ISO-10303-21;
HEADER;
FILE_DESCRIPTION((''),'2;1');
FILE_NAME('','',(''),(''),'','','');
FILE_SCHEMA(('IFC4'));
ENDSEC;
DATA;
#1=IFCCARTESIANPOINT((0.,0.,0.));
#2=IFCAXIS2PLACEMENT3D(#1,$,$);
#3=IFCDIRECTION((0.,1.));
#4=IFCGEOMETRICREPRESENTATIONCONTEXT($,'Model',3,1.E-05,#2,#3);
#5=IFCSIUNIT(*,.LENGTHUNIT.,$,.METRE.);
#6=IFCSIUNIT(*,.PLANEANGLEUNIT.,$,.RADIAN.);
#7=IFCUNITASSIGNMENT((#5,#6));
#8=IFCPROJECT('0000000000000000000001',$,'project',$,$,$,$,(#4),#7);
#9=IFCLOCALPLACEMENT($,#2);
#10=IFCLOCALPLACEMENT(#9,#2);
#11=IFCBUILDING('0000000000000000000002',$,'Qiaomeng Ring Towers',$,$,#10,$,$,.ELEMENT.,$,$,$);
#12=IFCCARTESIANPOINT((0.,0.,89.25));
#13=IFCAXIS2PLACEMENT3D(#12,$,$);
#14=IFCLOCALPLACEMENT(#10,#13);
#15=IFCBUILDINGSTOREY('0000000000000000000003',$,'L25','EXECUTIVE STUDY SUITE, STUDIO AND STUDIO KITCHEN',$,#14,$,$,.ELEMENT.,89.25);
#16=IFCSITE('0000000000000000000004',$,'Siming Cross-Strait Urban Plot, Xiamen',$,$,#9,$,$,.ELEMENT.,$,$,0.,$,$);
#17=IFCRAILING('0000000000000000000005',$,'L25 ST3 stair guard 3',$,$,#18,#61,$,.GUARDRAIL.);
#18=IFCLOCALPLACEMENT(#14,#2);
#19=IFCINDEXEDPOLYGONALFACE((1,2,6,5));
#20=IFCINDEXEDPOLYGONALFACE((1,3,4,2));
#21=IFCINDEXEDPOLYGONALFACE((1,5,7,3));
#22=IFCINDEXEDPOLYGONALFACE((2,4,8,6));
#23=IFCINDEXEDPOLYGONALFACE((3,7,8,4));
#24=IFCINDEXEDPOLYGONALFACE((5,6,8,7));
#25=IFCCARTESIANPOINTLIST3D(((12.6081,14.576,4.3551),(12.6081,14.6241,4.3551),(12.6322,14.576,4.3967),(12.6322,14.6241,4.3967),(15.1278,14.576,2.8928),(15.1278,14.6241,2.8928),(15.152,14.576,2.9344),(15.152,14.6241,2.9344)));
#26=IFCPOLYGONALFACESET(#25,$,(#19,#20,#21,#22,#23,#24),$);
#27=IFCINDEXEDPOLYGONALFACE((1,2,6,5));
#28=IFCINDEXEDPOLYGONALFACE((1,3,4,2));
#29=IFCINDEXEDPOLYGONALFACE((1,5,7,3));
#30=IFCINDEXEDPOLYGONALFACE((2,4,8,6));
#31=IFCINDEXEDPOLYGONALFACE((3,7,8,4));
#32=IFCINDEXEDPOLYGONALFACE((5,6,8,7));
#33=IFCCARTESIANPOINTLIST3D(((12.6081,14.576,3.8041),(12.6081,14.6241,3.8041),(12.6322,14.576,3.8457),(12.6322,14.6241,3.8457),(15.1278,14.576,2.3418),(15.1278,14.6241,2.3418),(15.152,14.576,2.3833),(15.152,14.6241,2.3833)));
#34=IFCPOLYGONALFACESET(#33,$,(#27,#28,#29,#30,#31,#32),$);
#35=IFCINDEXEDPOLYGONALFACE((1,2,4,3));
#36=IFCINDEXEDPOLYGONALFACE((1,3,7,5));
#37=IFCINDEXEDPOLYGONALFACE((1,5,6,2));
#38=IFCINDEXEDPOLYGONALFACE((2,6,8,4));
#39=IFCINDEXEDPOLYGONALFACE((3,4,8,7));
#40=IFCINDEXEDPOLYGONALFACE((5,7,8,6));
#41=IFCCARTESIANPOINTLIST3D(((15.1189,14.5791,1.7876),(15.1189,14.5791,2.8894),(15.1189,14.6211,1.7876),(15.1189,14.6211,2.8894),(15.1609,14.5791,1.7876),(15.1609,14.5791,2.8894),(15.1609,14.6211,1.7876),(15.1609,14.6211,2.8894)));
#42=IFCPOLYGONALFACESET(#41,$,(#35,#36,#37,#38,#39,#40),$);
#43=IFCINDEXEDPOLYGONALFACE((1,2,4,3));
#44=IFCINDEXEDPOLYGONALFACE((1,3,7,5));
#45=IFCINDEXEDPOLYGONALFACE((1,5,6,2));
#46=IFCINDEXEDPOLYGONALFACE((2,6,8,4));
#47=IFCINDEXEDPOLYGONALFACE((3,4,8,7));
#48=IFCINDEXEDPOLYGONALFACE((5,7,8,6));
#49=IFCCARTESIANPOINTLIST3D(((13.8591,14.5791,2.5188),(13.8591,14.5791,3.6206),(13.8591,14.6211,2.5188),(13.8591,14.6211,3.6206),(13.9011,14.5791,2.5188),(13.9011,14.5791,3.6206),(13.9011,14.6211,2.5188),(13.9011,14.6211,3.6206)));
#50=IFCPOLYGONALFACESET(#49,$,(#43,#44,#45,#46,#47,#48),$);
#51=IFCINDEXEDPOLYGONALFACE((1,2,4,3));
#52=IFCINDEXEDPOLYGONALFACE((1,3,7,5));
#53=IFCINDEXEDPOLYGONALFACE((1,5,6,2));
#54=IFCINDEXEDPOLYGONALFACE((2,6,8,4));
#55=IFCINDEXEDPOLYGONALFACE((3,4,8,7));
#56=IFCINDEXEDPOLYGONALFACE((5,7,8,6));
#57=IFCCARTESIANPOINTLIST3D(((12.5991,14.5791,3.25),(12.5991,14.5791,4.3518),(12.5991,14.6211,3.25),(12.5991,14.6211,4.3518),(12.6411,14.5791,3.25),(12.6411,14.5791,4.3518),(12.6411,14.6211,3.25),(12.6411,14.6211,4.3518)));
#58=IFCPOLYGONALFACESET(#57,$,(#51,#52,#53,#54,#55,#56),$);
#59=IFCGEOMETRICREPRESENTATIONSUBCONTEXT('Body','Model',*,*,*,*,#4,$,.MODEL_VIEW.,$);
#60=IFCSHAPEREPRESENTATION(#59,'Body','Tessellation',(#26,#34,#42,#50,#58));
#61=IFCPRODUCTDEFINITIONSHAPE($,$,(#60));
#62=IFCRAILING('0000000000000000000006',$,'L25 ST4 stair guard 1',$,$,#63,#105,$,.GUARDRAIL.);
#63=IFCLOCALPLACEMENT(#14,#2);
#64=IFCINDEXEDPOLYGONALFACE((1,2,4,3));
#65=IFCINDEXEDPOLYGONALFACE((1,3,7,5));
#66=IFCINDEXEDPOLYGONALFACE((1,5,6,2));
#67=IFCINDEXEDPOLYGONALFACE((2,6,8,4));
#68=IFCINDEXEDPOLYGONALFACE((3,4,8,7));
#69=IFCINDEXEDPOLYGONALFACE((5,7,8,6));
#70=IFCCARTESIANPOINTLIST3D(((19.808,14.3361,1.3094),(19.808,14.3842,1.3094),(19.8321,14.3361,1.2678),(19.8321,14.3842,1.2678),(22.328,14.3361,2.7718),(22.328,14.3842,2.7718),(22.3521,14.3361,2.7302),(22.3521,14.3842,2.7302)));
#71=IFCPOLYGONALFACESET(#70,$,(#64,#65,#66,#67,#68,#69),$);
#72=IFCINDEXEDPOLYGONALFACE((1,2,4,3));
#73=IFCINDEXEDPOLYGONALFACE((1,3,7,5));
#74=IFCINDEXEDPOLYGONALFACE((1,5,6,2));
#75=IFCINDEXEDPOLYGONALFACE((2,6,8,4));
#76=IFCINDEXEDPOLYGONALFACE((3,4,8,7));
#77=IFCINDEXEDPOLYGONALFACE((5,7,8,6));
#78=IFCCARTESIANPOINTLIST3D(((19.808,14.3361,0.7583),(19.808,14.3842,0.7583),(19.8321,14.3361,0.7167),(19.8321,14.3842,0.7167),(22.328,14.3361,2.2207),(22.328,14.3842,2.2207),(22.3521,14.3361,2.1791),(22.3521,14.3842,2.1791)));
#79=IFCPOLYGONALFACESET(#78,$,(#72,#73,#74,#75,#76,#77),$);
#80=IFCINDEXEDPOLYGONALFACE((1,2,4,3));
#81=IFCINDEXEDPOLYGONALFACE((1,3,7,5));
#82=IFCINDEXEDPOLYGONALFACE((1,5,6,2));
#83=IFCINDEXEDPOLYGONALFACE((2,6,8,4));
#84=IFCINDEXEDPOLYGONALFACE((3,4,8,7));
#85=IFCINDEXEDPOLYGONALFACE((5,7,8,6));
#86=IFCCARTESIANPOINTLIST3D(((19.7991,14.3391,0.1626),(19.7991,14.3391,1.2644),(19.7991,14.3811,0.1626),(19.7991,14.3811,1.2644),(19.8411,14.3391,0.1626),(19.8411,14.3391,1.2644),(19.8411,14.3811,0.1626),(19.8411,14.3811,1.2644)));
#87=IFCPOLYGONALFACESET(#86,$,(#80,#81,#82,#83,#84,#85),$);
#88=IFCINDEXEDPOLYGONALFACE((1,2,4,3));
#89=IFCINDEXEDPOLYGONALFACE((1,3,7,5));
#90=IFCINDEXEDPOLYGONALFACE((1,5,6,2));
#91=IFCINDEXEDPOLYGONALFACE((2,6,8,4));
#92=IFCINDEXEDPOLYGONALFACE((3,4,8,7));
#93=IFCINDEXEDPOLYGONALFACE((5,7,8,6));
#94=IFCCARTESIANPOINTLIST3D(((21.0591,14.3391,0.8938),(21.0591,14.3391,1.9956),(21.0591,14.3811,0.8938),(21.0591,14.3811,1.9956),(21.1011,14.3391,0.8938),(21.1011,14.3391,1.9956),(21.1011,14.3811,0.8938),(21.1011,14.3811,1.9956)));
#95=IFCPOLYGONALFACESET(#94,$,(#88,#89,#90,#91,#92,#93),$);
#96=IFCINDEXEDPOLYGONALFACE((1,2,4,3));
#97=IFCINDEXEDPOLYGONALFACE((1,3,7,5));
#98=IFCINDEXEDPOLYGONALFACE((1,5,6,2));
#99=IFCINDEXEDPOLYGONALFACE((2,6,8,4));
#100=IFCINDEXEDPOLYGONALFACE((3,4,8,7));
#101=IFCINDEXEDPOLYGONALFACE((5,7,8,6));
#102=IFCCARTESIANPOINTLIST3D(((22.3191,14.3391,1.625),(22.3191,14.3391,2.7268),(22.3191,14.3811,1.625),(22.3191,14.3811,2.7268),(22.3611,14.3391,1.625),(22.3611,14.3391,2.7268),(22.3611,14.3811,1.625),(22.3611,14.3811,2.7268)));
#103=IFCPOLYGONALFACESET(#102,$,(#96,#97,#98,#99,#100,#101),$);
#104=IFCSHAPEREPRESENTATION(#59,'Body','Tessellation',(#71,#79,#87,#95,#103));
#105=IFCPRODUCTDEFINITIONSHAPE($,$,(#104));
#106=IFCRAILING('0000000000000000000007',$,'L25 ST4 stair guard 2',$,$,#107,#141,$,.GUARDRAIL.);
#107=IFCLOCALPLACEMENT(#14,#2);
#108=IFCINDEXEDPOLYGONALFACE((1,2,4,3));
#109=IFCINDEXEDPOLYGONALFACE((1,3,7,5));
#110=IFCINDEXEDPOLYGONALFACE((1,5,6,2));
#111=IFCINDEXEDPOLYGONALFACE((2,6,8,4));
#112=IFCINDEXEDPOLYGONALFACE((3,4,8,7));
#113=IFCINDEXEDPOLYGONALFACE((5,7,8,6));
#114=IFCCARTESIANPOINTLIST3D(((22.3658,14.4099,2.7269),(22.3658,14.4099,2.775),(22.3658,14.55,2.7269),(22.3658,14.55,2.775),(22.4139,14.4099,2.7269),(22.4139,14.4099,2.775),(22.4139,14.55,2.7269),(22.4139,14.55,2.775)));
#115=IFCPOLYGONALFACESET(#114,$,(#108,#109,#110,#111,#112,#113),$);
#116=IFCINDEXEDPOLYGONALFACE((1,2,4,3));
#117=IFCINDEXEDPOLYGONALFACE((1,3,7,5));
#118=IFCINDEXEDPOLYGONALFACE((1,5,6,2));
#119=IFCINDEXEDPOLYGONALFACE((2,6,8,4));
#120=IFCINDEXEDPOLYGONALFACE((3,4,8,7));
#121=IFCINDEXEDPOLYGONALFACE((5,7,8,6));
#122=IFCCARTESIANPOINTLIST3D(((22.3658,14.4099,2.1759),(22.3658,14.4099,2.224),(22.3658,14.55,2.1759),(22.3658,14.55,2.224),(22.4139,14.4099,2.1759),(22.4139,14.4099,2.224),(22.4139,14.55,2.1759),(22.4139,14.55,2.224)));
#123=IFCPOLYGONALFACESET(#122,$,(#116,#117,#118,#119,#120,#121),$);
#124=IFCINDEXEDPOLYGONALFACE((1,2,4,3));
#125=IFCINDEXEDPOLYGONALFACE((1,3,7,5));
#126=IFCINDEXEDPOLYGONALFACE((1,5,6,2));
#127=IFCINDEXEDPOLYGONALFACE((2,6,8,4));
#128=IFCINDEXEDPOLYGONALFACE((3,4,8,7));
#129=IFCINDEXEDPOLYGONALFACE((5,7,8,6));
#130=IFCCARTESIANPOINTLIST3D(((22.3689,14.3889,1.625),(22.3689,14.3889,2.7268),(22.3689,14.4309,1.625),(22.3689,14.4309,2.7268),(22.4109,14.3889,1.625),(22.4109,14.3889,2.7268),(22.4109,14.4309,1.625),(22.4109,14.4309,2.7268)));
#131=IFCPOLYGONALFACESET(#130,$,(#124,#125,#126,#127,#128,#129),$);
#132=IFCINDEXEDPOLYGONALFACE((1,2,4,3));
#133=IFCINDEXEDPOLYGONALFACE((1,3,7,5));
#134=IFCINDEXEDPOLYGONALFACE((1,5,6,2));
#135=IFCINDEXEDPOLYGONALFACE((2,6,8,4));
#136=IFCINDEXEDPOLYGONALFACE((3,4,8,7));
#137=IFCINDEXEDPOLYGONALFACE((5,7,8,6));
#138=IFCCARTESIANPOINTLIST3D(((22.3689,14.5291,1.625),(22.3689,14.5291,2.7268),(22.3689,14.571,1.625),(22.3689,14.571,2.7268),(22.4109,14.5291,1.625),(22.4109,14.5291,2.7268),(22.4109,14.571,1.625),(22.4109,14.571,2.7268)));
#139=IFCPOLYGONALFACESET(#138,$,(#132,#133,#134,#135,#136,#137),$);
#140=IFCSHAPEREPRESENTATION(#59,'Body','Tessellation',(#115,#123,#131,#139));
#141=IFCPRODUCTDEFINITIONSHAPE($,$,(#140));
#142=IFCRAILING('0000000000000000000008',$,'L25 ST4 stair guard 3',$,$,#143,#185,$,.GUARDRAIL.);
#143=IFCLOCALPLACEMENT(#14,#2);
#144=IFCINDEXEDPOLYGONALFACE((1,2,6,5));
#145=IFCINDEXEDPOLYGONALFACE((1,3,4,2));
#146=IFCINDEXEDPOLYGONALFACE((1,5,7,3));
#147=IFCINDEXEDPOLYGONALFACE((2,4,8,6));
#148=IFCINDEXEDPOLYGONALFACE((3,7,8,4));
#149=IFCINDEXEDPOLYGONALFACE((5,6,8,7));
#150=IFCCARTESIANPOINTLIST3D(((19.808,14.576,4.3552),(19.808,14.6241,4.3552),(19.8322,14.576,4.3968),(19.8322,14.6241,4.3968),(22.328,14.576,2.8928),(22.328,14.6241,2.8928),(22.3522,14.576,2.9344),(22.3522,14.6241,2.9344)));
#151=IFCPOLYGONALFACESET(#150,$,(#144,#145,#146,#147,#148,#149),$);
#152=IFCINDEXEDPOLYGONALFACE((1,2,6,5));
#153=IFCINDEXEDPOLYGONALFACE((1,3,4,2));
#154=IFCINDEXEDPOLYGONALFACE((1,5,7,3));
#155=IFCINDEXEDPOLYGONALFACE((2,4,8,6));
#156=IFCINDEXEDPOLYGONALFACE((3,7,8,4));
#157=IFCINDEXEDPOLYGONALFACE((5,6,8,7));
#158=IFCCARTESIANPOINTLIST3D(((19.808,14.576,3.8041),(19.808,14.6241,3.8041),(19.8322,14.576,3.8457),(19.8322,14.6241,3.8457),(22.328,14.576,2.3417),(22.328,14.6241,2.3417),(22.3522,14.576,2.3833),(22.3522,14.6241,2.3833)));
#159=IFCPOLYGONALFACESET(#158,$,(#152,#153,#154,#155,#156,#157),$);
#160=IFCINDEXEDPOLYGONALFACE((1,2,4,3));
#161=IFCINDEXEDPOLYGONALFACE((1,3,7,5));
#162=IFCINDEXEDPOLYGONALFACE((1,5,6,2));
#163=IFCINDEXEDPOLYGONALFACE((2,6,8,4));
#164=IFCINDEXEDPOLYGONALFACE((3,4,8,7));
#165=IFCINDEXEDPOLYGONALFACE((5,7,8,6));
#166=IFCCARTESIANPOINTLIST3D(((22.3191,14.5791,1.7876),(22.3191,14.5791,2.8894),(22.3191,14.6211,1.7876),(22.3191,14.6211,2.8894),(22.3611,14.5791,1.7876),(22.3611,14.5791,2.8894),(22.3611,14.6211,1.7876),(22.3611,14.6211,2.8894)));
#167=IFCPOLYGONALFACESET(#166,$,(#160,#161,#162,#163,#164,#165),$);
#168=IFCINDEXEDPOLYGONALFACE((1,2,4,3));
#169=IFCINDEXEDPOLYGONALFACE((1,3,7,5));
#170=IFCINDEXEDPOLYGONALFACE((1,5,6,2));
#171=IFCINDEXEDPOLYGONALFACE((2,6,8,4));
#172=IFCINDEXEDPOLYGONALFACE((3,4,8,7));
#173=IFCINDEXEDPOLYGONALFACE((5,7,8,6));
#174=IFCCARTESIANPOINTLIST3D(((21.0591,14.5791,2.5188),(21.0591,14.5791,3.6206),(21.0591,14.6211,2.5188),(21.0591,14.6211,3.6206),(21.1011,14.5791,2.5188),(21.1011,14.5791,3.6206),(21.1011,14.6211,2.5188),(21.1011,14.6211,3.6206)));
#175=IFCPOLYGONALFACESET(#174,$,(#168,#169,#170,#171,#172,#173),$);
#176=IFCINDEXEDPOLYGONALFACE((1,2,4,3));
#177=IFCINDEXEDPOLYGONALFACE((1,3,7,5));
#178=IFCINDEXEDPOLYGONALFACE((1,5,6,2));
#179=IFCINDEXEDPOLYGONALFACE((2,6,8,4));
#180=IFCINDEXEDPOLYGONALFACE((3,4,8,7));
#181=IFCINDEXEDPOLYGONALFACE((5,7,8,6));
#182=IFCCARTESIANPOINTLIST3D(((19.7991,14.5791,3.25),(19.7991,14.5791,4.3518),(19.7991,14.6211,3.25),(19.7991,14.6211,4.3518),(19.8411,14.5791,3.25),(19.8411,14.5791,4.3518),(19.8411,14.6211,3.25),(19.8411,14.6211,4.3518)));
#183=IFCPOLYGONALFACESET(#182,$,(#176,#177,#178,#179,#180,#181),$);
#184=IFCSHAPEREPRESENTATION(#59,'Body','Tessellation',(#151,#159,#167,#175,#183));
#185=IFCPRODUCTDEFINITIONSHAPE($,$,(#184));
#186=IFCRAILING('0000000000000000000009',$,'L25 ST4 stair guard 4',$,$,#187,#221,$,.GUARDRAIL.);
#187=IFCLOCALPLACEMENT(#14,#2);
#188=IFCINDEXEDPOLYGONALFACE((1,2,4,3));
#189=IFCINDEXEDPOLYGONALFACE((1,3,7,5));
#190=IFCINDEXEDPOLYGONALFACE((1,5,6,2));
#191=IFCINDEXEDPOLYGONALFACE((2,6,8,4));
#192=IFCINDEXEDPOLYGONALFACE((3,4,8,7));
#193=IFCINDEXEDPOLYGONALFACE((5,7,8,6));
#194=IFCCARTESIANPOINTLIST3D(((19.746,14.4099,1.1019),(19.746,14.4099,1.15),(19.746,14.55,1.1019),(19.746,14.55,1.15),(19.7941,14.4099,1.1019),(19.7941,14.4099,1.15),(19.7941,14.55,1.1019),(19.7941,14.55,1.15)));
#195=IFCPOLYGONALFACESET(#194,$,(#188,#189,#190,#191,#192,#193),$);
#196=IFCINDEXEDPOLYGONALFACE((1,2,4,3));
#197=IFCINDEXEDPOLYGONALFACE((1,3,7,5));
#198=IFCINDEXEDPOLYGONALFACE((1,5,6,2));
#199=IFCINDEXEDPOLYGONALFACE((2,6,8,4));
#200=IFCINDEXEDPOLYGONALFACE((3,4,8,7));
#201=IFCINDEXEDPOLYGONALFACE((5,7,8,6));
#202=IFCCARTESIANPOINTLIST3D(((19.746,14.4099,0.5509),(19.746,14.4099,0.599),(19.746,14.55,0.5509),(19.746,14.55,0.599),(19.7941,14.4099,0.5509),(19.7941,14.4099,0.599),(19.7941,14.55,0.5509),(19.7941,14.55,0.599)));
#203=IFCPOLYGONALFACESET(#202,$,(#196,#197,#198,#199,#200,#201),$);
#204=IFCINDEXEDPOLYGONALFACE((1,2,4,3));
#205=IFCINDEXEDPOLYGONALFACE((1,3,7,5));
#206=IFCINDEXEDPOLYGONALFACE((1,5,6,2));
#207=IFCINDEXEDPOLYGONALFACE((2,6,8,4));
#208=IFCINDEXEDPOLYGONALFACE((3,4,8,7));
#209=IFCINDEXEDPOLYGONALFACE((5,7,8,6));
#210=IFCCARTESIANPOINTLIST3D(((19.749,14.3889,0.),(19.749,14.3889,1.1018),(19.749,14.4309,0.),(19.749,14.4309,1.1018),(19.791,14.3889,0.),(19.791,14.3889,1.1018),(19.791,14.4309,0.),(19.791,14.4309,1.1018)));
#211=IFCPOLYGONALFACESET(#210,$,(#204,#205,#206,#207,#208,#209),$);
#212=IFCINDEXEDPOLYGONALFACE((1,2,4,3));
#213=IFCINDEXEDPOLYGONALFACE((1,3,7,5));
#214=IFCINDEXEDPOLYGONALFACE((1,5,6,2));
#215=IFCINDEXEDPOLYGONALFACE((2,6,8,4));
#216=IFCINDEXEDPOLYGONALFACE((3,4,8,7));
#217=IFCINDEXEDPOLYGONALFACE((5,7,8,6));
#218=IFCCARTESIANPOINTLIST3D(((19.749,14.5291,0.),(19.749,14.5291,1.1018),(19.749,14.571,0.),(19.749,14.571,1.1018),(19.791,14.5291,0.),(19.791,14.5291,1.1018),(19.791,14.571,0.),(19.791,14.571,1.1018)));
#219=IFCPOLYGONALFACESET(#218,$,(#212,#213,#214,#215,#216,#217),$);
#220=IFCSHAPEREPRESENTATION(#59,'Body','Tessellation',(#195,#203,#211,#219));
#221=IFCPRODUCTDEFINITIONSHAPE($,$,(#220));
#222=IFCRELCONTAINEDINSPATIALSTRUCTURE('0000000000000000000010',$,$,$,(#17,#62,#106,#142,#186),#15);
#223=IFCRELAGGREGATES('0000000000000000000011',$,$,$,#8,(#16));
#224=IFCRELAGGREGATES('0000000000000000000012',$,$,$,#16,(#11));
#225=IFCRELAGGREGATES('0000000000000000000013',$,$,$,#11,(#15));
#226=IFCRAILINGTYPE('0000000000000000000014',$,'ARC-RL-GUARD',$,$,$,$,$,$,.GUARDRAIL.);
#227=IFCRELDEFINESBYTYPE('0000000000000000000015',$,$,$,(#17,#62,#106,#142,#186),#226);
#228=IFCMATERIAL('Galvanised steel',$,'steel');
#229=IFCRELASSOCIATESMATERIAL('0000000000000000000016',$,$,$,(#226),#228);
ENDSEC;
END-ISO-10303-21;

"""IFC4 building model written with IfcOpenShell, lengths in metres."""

from ifc_helpers import new_model, si_unit, direction, frame, origin, origin_2d, place, context, subcontext, project, spatial, rectangle, extrude, material, type_object, element, save


model = new_model("IFC4")

# Units and contexts
model_context = context("Model", 3, precision=1e-05, world=origin(), true_north=direction((0.0, 1.0)))
body_context = subcontext(model_context, "Body", "Model", "MODEL_VIEW")
ifc_project = project(units=[si_unit("LENGTHUNIT", "METRE"), si_unit("PLANEANGLEUNIT", "RADIAN")], contexts=[model_context])

# Site, building, storey
site_placement = place(None, origin())
site = spatial("IfcSite", under=ifc_project, at=site_placement, Name="Siming Cross-Strait Urban Plot, Xiamen", CompositionType="ELEMENT", RefElevation=0.0)
building_placement = place(site_placement, origin())
building = spatial("IfcBuilding", under=site, at=building_placement, Name="Qiaomeng Ring Towers", CompositionType="ELEMENT")
storey_placement = place(building_placement, frame((0.0, 0.0, 89.25)))
storey = spatial("IfcBuildingStorey", under=building, at=storey_placement, Name="L25", Description="EXECUTIVE STUDY SUITE, STUDIO AND STUDIO KITCHEN", CompositionType="ELEMENT", Elevation=89.25)

# Railings
ifc_material_1 = material(Name="Galvanised steel", Category="steel")
railing_type_1 = type_object("IfcRailingType", Name="ARC-RL-GUARD", PredefinedType="GUARDRAIL", material=ifc_material_1)
railing_1_placement = place(storey_placement, frame((15.1399, 14.6001, 1.7876)))
element("IfcRailing", 1, at=railing_1_placement, inside=storey, type_object=railing_type_1, Name="L25 ST3 stair guard 3", PredefinedType="GUARDRAIL", context=body_context, shape_type="SweptSolid", body=[
    extrude(rectangle(XDim=0.0481, YDim=0.0481, at=origin_2d()), frame((0.0, 0.0, 1.126), z_axis=(-0.864892, 0.0, 0.501958), x_axis=(0.0, -1.0, 0.0)), (0.0, 0.0, 1.0), 2.9133),
    extrude(rectangle(XDim=0.0481, YDim=0.0481, at=origin_2d()), frame((0.0, 0.0, 0.575), z_axis=(-0.864892, 0.0, 0.501958), x_axis=(0.0, -1.0, 0.0)), (0.0, 0.0, 1.0), 2.9133),
    extrude(rectangle(XDim=0.042, YDim=0.042, at=origin_2d()), origin(), (0.0, 0.0, 1.0), 1.1018),
    extrude(rectangle(XDim=0.042, YDim=0.042, at=origin_2d()), frame((-1.2598, 0.0, 0.7312)), (0.0, 0.0, 1.0), 1.1018),
    extrude(rectangle(XDim=0.042, YDim=0.042, at=origin_2d()), frame((-2.5198, 0.0, 1.4624)), (0.0, 0.0, 1.0), 1.1018),
])
railing_2_placement = place(storey_placement, frame((19.8201, 14.3601, 0.1626)))
element("IfcRailing", 2, at=railing_2_placement, inside=storey, type_object=railing_type_1, Name="L25 ST4 stair guard 1", PredefinedType="GUARDRAIL", context=body_context, shape_type="SweptSolid", body=[
    extrude(rectangle(XDim=0.0481, YDim=0.0481, at=origin_2d()), frame((0.0, 0.0, 1.126), z_axis=(0.864913, 0.0, 0.501921), x_axis=(0.0, 1.0, 0.0)), (0.0, 0.0, 1.0), 2.9136),
    extrude(rectangle(XDim=0.0481, YDim=0.0481, at=origin_2d()), frame((0.0, 0.0, 0.575), z_axis=(0.864913, 0.0, 0.501921), x_axis=(0.0, 1.0, 0.0)), (0.0, 0.0, 1.0), 2.9136),
    extrude(rectangle(XDim=0.042, YDim=0.042, at=origin_2d()), origin(), (0.0, 0.0, 1.0), 1.1018),
    extrude(rectangle(XDim=0.042, YDim=0.042, at=origin_2d()), frame((1.26, 0.0, 0.7312)), (0.0, 0.0, 1.0), 1.1018),
    extrude(rectangle(XDim=0.042, YDim=0.042, at=origin_2d()), frame((2.52, 0.0, 1.4624)), (0.0, 0.0, 1.0), 1.1018),
])
railing_3_placement = place(storey_placement, frame((22.3899, 14.4099, 1.625)))
element("IfcRailing", 3, at=railing_3_placement, inside=storey, type_object=railing_type_1, Name="L25 ST4 stair guard 2", PredefinedType="GUARDRAIL", context=body_context, shape_type="SweptSolid", body=[
    extrude(rectangle(XDim=0.0481, YDim=0.0481, at=origin_2d()), frame((0.0, 0.0, 1.126), z_axis=(0.0, 1.0, 0.0), x_axis=(-1.0, 0.0, 0.0)), (0.0, 0.0, 1.0), 0.1401),
    extrude(rectangle(XDim=0.0481, YDim=0.0481, at=origin_2d()), frame((0.0, 0.0, 0.575), z_axis=(0.0, 1.0, 0.0), x_axis=(-1.0, 0.0, 0.0)), (0.0, 0.0, 1.0), 0.1401),
    extrude(rectangle(XDim=0.042, YDim=0.042, at=origin_2d()), origin(), (0.0, 0.0, 1.0), 1.1018),
    extrude(rectangle(XDim=0.042, YDim=0.042, at=origin_2d()), frame((0.0, 0.1401, 0.0)), (0.0, 0.0, 1.0), 1.1018),
])
railing_4_placement = place(storey_placement, frame((22.3401, 14.6001, 1.7876)))
element("IfcRailing", 4, at=railing_4_placement, inside=storey, type_object=railing_type_1, Name="L25 ST4 stair guard 3", PredefinedType="GUARDRAIL", context=body_context, shape_type="SweptSolid", body=[
    extrude(rectangle(XDim=0.0481, YDim=0.0481, at=origin_2d()), frame((0.0, 0.0, 1.126), z_axis=(-0.864913, 0.0, 0.501921), x_axis=(0.0, -1.0, 0.0)), (0.0, 0.0, 1.0), 2.9136),
    extrude(rectangle(XDim=0.0481, YDim=0.0481, at=origin_2d()), frame((0.0, 0.0, 0.575), z_axis=(-0.864913, 0.0, 0.501921), x_axis=(0.0, -1.0, 0.0)), (0.0, 0.0, 1.0), 2.9136),
    extrude(rectangle(XDim=0.042, YDim=0.042, at=origin_2d()), origin(), (0.0, 0.0, 1.0), 1.1018),
    extrude(rectangle(XDim=0.042, YDim=0.042, at=origin_2d()), frame((-1.26, 0.0, 0.7312)), (0.0, 0.0, 1.0), 1.1018),
    extrude(rectangle(XDim=0.042, YDim=0.042, at=origin_2d()), frame((-2.52, 0.0, 1.4624)), (0.0, 0.0, 1.0), 1.1018),
])
railing_5_placement = place(storey_placement, frame((19.77, 14.4099, 0.0)))
element("IfcRailing", 5, at=railing_5_placement, inside=storey, type_object=railing_type_1, Name="L25 ST4 stair guard 4", PredefinedType="GUARDRAIL", context=body_context, shape_type="SweptSolid", body=[
    extrude(rectangle(XDim=0.0481, YDim=0.0481, at=origin_2d()), frame((0.0, 0.0, 1.126), z_axis=(0.0, 1.0, 0.0), x_axis=(-1.0, 0.0, 0.0)), (0.0, 0.0, 1.0), 0.1401),
    extrude(rectangle(XDim=0.0481, YDim=0.0481, at=origin_2d()), frame((0.0, 0.0, 0.575), z_axis=(0.0, 1.0, 0.0), x_axis=(-1.0, 0.0, 0.0)), (0.0, 0.0, 1.0), 0.1401),
    extrude(rectangle(XDim=0.042, YDim=0.042, at=origin_2d()), origin(), (0.0, 0.0, 1.0), 1.1018),
    extrude(rectangle(XDim=0.042, YDim=0.042, at=origin_2d()), frame((0.0, 0.1401, 0.0)), (0.0, 0.0, 1.0), 1.1018),
])

save(model, "model.ifc")
